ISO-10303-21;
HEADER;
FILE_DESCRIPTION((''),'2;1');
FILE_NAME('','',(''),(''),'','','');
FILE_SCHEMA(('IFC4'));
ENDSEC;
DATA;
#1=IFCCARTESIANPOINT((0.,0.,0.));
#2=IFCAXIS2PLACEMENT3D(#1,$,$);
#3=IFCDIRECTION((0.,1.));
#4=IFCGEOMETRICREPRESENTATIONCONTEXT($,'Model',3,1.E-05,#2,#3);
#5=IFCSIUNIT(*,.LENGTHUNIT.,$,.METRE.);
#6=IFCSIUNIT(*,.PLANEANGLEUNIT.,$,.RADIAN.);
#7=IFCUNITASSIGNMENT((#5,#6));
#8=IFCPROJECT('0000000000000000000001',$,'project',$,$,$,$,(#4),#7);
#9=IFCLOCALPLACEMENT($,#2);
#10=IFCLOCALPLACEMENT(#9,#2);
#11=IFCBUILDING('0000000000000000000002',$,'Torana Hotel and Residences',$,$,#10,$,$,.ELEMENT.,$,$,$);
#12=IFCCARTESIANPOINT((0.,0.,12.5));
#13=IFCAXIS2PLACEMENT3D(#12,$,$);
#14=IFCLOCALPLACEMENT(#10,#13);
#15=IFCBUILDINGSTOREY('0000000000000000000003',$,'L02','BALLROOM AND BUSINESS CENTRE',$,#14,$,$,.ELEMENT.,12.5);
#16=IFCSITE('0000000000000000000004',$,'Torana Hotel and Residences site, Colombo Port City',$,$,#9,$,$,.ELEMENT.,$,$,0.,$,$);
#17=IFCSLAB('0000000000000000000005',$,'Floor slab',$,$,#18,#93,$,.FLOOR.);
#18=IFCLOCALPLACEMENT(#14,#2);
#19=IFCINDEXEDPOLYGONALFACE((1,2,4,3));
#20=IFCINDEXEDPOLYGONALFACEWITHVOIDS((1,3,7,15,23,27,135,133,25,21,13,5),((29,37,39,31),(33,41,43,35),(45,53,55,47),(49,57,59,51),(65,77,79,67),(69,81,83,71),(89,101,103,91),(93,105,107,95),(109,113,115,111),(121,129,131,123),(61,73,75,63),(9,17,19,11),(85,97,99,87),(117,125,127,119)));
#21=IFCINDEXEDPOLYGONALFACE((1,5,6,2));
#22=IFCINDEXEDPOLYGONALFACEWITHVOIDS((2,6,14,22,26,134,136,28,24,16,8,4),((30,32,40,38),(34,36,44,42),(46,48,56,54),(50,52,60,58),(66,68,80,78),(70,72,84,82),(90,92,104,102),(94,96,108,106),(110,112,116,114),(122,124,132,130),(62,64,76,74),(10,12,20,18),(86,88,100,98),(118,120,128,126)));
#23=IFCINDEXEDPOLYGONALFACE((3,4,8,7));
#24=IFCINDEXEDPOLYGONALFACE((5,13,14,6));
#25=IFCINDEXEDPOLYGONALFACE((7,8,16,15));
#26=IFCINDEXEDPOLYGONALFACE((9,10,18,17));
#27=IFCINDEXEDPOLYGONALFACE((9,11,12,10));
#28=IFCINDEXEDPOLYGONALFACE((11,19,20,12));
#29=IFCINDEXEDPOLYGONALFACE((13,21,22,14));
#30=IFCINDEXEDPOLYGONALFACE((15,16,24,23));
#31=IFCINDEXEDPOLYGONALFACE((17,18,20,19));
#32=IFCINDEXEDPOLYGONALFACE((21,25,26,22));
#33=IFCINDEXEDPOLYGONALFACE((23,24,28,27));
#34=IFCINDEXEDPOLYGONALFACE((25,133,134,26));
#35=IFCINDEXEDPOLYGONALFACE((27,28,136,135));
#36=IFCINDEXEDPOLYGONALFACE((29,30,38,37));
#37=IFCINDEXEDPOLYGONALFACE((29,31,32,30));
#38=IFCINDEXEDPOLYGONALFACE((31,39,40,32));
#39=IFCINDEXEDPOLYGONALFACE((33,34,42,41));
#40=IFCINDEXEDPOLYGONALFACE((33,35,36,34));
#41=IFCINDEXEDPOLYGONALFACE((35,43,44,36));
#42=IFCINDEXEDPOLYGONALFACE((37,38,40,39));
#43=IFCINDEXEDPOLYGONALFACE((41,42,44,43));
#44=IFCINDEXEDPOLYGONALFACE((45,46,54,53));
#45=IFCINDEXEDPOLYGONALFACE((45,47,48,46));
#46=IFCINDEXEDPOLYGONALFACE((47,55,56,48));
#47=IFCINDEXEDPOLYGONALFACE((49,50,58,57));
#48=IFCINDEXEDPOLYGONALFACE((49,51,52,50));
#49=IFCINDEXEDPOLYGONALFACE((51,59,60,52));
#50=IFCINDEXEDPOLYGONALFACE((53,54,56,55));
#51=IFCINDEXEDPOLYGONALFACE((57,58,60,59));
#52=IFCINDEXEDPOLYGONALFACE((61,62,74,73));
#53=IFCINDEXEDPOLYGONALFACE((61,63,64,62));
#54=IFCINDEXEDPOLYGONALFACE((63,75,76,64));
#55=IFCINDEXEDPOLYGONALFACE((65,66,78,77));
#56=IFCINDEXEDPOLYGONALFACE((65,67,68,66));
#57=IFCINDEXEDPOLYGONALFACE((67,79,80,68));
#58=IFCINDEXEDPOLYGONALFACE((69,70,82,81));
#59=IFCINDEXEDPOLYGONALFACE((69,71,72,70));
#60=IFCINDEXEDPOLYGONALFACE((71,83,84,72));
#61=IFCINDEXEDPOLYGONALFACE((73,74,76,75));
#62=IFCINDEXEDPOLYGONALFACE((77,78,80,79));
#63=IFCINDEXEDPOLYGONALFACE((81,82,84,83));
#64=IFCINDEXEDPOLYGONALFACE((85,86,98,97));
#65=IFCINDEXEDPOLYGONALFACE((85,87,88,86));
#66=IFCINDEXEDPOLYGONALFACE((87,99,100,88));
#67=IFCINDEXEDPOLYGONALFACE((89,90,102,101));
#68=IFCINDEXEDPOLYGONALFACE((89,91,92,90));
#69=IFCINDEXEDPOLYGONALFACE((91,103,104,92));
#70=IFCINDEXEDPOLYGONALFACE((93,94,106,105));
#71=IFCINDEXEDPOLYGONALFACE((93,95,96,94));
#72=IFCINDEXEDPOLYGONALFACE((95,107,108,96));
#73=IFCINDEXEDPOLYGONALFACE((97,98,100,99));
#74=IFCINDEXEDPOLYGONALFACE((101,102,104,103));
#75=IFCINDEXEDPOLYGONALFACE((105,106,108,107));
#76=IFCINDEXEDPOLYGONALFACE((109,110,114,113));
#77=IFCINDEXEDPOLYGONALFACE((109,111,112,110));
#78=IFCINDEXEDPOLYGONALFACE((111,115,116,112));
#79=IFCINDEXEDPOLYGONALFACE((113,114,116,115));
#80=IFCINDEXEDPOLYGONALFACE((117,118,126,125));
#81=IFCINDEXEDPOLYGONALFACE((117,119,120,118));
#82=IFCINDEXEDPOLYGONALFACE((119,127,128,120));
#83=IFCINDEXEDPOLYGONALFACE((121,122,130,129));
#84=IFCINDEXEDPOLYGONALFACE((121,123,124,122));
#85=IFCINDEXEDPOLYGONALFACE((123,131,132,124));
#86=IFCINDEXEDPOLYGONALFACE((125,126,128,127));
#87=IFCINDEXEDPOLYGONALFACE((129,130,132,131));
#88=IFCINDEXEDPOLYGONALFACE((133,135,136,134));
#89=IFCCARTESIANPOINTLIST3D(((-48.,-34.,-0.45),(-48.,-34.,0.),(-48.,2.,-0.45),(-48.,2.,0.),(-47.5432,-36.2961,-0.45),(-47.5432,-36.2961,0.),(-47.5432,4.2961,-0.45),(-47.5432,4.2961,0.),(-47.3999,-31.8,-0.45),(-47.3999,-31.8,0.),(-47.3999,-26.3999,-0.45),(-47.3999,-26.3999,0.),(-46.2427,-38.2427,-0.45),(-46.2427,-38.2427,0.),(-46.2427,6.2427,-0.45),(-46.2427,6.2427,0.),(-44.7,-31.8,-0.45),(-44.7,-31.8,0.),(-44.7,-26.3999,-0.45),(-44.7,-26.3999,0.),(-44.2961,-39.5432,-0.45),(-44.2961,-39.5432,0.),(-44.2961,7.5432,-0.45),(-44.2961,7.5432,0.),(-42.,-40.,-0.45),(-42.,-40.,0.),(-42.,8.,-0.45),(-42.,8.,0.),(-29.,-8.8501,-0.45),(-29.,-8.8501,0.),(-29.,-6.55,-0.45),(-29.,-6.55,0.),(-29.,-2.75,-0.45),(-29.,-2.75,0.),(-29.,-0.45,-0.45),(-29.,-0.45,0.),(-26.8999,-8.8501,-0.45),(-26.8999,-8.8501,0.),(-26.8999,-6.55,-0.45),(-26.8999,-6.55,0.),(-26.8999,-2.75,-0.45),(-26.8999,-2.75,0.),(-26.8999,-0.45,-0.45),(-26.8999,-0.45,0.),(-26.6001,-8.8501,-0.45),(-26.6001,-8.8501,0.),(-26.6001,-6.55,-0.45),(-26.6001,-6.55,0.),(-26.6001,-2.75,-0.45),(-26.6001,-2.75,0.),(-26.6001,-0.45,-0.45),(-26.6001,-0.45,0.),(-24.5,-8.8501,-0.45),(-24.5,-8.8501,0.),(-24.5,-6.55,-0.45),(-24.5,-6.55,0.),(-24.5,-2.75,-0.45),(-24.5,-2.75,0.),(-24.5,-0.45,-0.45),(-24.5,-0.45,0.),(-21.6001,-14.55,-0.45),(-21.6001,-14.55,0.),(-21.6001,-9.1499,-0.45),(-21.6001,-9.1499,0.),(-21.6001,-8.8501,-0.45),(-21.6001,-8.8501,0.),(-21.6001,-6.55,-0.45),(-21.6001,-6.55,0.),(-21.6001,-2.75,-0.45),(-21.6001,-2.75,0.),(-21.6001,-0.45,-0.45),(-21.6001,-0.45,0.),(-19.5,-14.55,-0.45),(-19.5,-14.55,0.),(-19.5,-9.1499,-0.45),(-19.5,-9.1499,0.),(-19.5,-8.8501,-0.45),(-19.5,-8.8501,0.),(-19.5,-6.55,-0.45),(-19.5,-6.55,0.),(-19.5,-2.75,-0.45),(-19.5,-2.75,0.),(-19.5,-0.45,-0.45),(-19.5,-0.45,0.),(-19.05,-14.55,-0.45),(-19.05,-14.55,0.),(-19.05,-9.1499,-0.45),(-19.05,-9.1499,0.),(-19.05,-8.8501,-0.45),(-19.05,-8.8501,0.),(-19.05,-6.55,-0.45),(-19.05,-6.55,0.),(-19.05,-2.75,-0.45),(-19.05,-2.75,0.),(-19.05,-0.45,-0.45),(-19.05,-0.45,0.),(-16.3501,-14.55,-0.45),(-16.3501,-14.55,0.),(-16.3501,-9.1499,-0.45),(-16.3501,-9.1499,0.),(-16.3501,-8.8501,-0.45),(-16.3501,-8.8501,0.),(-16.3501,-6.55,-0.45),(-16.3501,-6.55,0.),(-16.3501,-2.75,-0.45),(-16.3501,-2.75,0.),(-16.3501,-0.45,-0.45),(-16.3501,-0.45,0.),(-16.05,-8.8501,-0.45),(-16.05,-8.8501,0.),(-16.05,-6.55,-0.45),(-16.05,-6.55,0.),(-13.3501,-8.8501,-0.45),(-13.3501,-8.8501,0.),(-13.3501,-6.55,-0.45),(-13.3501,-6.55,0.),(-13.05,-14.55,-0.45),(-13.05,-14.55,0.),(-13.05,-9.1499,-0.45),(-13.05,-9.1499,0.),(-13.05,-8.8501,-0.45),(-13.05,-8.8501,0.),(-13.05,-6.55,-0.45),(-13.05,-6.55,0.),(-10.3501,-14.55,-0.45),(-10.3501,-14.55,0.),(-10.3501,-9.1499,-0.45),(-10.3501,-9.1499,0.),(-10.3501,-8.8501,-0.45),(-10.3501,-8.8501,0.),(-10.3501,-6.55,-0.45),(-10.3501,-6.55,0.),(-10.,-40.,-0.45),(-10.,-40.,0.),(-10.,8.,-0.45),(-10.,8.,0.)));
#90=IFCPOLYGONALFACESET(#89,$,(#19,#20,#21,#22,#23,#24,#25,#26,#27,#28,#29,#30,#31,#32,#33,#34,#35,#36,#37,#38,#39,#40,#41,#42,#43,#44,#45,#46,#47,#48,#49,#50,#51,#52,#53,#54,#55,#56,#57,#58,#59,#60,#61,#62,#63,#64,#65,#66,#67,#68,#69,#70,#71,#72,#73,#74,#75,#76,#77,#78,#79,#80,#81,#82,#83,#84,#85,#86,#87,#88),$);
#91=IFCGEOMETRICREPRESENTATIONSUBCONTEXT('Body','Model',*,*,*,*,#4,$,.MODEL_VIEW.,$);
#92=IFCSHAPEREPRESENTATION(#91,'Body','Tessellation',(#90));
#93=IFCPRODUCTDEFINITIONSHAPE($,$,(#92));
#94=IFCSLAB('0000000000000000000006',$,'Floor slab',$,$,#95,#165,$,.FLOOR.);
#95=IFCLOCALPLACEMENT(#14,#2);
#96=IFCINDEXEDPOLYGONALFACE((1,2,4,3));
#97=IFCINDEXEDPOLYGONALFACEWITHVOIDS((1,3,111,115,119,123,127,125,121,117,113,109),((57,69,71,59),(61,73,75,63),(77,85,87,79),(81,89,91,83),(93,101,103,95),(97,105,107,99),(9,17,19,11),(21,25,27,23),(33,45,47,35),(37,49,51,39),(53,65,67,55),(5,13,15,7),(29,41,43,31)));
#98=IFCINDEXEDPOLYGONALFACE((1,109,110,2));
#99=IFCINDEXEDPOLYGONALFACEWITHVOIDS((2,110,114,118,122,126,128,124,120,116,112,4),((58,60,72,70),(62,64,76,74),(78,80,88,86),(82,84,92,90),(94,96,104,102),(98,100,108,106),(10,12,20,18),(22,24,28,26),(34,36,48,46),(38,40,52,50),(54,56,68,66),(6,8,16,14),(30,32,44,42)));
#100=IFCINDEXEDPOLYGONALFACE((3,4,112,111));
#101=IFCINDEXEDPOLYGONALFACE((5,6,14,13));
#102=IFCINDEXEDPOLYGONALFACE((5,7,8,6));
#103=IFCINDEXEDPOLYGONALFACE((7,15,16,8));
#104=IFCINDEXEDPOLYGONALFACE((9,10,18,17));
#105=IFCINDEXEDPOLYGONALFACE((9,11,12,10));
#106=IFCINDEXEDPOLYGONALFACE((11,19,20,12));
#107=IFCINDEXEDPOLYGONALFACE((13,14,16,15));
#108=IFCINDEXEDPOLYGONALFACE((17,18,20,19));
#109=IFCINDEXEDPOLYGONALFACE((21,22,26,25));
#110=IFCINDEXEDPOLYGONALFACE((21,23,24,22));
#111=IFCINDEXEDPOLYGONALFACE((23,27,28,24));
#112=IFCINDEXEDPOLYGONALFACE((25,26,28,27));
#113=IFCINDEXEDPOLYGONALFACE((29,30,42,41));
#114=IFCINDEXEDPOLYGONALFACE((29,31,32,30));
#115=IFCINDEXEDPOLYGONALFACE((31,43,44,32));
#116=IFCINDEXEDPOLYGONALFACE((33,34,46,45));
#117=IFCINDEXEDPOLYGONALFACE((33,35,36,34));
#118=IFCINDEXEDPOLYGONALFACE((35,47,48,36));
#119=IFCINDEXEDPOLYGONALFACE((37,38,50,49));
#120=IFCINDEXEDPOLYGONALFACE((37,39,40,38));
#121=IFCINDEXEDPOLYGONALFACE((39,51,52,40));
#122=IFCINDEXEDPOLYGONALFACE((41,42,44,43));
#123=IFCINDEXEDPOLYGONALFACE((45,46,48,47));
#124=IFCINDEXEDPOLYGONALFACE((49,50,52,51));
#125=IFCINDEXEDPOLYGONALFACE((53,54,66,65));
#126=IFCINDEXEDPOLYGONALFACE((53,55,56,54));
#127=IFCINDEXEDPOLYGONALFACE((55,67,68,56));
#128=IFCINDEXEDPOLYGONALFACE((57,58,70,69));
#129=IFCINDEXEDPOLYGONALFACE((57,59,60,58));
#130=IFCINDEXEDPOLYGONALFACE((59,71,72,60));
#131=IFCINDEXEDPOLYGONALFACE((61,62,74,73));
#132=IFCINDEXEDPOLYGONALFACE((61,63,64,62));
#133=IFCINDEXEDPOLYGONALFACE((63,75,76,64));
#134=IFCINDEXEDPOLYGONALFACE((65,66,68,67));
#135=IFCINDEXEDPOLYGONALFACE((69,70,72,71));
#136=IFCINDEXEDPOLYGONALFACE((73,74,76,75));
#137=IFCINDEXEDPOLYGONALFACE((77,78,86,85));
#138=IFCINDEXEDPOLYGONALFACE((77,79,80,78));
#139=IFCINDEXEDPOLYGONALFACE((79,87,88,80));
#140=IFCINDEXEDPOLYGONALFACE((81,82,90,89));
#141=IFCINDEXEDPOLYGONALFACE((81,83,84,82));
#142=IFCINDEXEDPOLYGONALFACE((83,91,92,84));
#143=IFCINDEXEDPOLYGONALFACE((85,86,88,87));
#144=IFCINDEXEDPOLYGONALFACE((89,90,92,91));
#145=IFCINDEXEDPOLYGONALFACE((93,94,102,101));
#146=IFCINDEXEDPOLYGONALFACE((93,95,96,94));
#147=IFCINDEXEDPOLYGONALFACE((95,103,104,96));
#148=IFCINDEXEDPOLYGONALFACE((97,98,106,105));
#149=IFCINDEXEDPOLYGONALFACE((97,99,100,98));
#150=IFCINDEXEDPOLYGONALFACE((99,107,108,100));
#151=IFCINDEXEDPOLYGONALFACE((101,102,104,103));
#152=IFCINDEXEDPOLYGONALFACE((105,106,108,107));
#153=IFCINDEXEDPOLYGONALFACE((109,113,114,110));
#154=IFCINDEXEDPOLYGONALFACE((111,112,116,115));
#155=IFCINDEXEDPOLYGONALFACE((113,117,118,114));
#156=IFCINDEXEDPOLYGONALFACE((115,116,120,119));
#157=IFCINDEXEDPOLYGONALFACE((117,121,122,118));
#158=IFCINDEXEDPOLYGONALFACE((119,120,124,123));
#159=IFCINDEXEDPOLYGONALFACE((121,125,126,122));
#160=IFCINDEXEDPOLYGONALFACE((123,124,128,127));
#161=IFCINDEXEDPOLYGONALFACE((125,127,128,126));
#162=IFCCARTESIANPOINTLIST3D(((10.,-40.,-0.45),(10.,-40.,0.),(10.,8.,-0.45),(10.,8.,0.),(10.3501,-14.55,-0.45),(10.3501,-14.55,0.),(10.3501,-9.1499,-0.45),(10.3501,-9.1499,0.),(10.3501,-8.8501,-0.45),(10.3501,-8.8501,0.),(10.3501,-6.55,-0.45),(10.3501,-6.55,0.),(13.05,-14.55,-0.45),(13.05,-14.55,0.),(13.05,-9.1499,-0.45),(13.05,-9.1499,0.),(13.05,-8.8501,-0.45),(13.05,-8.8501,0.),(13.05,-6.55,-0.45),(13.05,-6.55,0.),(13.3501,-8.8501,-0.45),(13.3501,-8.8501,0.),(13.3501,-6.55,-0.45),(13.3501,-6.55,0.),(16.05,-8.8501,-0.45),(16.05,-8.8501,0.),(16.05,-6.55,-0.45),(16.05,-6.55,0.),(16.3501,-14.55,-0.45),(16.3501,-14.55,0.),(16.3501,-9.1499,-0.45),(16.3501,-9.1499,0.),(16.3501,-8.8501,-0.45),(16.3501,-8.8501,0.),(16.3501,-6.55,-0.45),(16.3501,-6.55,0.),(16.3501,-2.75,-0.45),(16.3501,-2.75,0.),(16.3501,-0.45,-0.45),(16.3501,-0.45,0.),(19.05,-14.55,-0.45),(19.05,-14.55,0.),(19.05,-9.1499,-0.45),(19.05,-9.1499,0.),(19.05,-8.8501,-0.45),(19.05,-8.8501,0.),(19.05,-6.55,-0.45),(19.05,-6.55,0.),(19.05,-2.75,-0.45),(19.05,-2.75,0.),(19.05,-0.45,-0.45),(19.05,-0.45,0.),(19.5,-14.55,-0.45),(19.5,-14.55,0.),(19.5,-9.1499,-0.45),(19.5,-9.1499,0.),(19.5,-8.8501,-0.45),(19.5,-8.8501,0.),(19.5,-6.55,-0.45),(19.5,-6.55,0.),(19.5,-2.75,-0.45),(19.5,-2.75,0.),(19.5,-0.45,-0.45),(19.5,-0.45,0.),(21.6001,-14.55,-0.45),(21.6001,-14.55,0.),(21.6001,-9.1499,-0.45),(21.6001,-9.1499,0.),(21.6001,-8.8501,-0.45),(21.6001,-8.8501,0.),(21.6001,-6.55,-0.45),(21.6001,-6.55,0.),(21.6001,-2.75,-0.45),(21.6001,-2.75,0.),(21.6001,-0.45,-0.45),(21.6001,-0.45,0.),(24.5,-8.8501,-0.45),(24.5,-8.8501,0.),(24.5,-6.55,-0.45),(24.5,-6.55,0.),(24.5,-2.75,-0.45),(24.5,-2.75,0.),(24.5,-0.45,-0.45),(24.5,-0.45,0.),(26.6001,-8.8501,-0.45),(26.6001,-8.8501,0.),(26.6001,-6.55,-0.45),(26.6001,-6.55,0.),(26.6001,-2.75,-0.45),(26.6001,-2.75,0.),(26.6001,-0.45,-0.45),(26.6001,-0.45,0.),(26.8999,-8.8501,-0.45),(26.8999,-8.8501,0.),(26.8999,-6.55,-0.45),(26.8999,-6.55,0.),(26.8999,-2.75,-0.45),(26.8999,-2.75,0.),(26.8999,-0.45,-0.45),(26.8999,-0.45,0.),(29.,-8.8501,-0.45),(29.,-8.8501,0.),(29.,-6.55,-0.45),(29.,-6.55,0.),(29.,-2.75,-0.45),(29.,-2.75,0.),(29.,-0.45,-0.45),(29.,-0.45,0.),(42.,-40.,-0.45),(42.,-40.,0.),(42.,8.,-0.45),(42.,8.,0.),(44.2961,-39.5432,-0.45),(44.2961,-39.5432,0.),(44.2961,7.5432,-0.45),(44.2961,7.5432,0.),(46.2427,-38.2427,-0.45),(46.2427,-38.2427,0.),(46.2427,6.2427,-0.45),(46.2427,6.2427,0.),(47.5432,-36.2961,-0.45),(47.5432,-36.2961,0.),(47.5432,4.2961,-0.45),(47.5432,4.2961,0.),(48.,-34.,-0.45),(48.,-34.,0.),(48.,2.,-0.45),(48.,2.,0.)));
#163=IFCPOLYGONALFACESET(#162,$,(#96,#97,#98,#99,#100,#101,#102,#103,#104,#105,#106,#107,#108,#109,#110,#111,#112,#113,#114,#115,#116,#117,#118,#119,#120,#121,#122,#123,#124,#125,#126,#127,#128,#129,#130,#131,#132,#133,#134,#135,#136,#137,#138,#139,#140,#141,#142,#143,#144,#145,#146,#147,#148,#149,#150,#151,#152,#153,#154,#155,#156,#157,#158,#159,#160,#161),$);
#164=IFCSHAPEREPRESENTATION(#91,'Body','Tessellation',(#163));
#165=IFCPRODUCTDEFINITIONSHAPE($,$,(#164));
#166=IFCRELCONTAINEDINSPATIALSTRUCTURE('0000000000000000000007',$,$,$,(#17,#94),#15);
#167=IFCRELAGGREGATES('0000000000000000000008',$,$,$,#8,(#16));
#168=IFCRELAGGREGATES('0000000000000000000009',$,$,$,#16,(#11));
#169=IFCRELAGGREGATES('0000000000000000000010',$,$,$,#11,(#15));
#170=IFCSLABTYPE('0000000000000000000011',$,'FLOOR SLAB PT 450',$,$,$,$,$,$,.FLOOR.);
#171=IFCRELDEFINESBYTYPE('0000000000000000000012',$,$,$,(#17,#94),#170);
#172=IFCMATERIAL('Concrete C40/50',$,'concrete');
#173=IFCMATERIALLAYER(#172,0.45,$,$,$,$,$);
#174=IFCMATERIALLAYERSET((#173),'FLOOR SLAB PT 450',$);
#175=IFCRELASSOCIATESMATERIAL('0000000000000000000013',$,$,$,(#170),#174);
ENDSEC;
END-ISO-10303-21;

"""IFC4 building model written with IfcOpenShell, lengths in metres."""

from ifc_helpers import new_model, si_unit, direction, frame, origin, place, context, subcontext, project, spatial, polyline, outline, extrude, material, layer, layer_set, type_object, element, save


model = new_model("IFC4")

# Units and contexts
model_context = context("Model", 3, precision=1e-05, world=origin(), true_north=direction((0.0, 1.0)))
body_context = subcontext(model_context, "Body", "Model", "MODEL_VIEW")
ifc_project = project(units=[si_unit("LENGTHUNIT", "METRE"), si_unit("PLANEANGLEUNIT", "RADIAN")], contexts=[model_context])

# Site, building, storey
site_placement = place(None, origin())
site = spatial("IfcSite", under=ifc_project, at=site_placement, Name="Torana Hotel and Residences site, Colombo Port City", CompositionType="ELEMENT", RefElevation=0.0)
building_placement = place(site_placement, origin())
building = spatial("IfcBuilding", under=site, at=building_placement, Name="Torana Hotel and Residences", CompositionType="ELEMENT")
storey_placement = place(building_placement, frame((0.0, 0.0, 12.5)))
storey = spatial("IfcBuildingStorey", under=building, at=storey_placement, Name="L02", Description="BALLROOM AND BUSINESS CENTRE", CompositionType="ELEMENT", Elevation=12.5)

# Slabs
ifc_material_1 = material(Name="Concrete C40/50", Category="concrete")
ifc_layer_1 = layer(ifc_material_1, 0.45)
ifc_layer_set_1 = layer_set([ifc_layer_1], Name="FLOOR SLAB PT 450")
slab_type_1 = type_object("IfcSlabType", Name="FLOOR SLAB PT 450", PredefinedType="FLOOR", material=ifc_layer_set_1)
slab_1_placement = place(storey_placement, frame((0.0, 0.0, -0.45)))
element("IfcSlab", 1, at=slab_1_placement, inside=storey, type_object=slab_type_1, Name="Floor slab", PredefinedType="FLOOR", context=body_context, shape_type="SweptSolid", body=[
    extrude(outline(polyline([(-42.0, -40.0), (-10.0, -40.0), (-10.0, 8.0), (-42.0, 8.0), (-44.2961, 7.5432), (-46.2427, 6.2427), (-47.5432, 4.2961), (-48.0, 2.0), (-48.0, -34.0), (-47.5432, -36.2961), (-46.2427, -38.2427), (-44.2961, -39.5432), (-42.0, -40.0)]), holes=[polyline([(-13.05, -14.55), (-10.3501, -14.55), (-10.3501, -9.1499), (-13.05, -9.1499), (-13.05, -14.55)]), polyline([(-19.05, -14.55), (-16.3501, -14.55), (-16.3501, -9.1499), (-19.05, -9.1499), (-19.05, -14.55)]), polyline([(-19.05, -2.75), (-16.3501, -2.75), (-16.3501, -0.45), (-19.05, -0.45), (-19.05, -2.75)]), polyline([(-26.6001, -2.75), (-24.5, -2.75), (-24.5, -0.45), (-26.6001, -0.45), (-26.6001, -2.75)]), polyline([(-29.0, -2.75), (-26.8999, -2.75), (-26.8999, -0.45), (-29.0, -0.45), (-29.0, -2.75)]), polyline([(-26.6001, -8.8501), (-24.5, -8.8501), (-24.5, -6.55), (-26.6001, -6.55), (-26.6001, -8.8501)]), polyline([(-29.0, -8.8501), (-26.8999, -8.8501), (-26.8999, -6.55), (-29.0, -6.55), (-29.0, -8.8501)]), polyline([(-21.6001, -2.75), (-19.5, -2.75), (-19.5, -0.45), (-21.6001, -0.45), (-21.6001, -2.75)]), polyline([(-21.6001, -8.8501), (-19.5, -8.8501), (-19.5, -6.55), (-21.6001, -6.55), (-21.6001, -8.8501)]), polyline([(-13.05, -8.8501), (-10.3501, -8.8501), (-10.3501, -6.55), (-13.05, -6.55), (-13.05, -8.8501)]), polyline([(-16.05, -8.8501), (-13.3501, -8.8501), (-13.3501, -6.55), (-16.05, -6.55), (-16.05, -8.8501)]), polyline([(-19.05, -8.8501), (-16.3501, -8.8501), (-16.3501, -6.55), (-19.05, -6.55), (-19.05, -8.8501)]), polyline([(-21.6001, -14.55), (-19.5, -14.55), (-19.5, -9.1499), (-21.6001, -9.1499), (-21.6001, -14.55)]), polyline([(-47.3999, -31.8), (-44.7, -31.8), (-44.7, -26.3999), (-47.3999, -26.3999), (-47.3999, -31.8)])]), origin(), (0.0, 0.0, 1.0), 0.45),
])
slab_2_placement = place(storey_placement, frame((0.0, 0.0, -0.45)))
element("IfcSlab", 2, at=slab_2_placement, inside=storey, type_object=slab_type_1, Name="Floor slab", PredefinedType="FLOOR", context=body_context, shape_type="SweptSolid", body=[
    extrude(outline(polyline([(10.0, -40.0), (42.0, -40.0), (44.2961, -39.5432), (46.2427, -38.2427), (47.5432, -36.2961), (48.0, -34.0), (48.0, 2.0), (47.5432, 4.2961), (46.2427, 6.2427), (44.2961, 7.5432), (42.0, 8.0), (10.0, 8.0), (10.0, -40.0)]), holes=[polyline([(10.3501, -14.55), (13.05, -14.55), (13.05, -9.1499), (10.3501, -9.1499), (10.3501, -14.55)]), polyline([(16.3501, -14.55), (19.05, -14.55), (19.05, -9.1499), (16.3501, -9.1499), (16.3501, -14.55)]), polyline([(16.3501, -2.75), (19.05, -2.75), (19.05, -0.45), (16.3501, -0.45), (16.3501, -2.75)]), polyline([(24.5, -2.75), (26.6001, -2.75), (26.6001, -0.45), (24.5, -0.45), (24.5, -2.75)]), polyline([(26.8999, -2.75), (29.0, -2.75), (29.0, -0.45), (26.8999, -0.45), (26.8999, -2.75)]), polyline([(24.5, -8.8501), (26.6001, -8.8501), (26.6001, -6.55), (24.5, -6.55), (24.5, -8.8501)]), polyline([(26.8999, -8.8501), (29.0, -8.8501), (29.0, -6.55), (26.8999, -6.55), (26.8999, -8.8501)]), polyline([(19.5, -2.75), (21.6001, -2.75), (21.6001, -0.45), (19.5, -0.45), (19.5, -2.75)]), polyline([(19.5, -8.8501), (21.6001, -8.8501), (21.6001, -6.55), (19.5, -6.55), (19.5, -8.8501)]), polyline([(10.3501, -8.8501), (13.05, -8.8501), (13.05, -6.55), (10.3501, -6.55), (10.3501, -8.8501)]), polyline([(13.3501, -8.8501), (16.05, -8.8501), (16.05, -6.55), (13.3501, -6.55), (13.3501, -8.8501)]), polyline([(16.3501, -8.8501), (19.05, -8.8501), (19.05, -6.55), (16.3501, -6.55), (16.3501, -8.8501)]), polyline([(19.5, -14.55), (21.6001, -14.55), (21.6001, -9.1499), (19.5, -9.1499), (19.5, -14.55)])]), origin(), (0.0, 0.0, 1.0), 0.45),
])

save(model, "model.ifc")
